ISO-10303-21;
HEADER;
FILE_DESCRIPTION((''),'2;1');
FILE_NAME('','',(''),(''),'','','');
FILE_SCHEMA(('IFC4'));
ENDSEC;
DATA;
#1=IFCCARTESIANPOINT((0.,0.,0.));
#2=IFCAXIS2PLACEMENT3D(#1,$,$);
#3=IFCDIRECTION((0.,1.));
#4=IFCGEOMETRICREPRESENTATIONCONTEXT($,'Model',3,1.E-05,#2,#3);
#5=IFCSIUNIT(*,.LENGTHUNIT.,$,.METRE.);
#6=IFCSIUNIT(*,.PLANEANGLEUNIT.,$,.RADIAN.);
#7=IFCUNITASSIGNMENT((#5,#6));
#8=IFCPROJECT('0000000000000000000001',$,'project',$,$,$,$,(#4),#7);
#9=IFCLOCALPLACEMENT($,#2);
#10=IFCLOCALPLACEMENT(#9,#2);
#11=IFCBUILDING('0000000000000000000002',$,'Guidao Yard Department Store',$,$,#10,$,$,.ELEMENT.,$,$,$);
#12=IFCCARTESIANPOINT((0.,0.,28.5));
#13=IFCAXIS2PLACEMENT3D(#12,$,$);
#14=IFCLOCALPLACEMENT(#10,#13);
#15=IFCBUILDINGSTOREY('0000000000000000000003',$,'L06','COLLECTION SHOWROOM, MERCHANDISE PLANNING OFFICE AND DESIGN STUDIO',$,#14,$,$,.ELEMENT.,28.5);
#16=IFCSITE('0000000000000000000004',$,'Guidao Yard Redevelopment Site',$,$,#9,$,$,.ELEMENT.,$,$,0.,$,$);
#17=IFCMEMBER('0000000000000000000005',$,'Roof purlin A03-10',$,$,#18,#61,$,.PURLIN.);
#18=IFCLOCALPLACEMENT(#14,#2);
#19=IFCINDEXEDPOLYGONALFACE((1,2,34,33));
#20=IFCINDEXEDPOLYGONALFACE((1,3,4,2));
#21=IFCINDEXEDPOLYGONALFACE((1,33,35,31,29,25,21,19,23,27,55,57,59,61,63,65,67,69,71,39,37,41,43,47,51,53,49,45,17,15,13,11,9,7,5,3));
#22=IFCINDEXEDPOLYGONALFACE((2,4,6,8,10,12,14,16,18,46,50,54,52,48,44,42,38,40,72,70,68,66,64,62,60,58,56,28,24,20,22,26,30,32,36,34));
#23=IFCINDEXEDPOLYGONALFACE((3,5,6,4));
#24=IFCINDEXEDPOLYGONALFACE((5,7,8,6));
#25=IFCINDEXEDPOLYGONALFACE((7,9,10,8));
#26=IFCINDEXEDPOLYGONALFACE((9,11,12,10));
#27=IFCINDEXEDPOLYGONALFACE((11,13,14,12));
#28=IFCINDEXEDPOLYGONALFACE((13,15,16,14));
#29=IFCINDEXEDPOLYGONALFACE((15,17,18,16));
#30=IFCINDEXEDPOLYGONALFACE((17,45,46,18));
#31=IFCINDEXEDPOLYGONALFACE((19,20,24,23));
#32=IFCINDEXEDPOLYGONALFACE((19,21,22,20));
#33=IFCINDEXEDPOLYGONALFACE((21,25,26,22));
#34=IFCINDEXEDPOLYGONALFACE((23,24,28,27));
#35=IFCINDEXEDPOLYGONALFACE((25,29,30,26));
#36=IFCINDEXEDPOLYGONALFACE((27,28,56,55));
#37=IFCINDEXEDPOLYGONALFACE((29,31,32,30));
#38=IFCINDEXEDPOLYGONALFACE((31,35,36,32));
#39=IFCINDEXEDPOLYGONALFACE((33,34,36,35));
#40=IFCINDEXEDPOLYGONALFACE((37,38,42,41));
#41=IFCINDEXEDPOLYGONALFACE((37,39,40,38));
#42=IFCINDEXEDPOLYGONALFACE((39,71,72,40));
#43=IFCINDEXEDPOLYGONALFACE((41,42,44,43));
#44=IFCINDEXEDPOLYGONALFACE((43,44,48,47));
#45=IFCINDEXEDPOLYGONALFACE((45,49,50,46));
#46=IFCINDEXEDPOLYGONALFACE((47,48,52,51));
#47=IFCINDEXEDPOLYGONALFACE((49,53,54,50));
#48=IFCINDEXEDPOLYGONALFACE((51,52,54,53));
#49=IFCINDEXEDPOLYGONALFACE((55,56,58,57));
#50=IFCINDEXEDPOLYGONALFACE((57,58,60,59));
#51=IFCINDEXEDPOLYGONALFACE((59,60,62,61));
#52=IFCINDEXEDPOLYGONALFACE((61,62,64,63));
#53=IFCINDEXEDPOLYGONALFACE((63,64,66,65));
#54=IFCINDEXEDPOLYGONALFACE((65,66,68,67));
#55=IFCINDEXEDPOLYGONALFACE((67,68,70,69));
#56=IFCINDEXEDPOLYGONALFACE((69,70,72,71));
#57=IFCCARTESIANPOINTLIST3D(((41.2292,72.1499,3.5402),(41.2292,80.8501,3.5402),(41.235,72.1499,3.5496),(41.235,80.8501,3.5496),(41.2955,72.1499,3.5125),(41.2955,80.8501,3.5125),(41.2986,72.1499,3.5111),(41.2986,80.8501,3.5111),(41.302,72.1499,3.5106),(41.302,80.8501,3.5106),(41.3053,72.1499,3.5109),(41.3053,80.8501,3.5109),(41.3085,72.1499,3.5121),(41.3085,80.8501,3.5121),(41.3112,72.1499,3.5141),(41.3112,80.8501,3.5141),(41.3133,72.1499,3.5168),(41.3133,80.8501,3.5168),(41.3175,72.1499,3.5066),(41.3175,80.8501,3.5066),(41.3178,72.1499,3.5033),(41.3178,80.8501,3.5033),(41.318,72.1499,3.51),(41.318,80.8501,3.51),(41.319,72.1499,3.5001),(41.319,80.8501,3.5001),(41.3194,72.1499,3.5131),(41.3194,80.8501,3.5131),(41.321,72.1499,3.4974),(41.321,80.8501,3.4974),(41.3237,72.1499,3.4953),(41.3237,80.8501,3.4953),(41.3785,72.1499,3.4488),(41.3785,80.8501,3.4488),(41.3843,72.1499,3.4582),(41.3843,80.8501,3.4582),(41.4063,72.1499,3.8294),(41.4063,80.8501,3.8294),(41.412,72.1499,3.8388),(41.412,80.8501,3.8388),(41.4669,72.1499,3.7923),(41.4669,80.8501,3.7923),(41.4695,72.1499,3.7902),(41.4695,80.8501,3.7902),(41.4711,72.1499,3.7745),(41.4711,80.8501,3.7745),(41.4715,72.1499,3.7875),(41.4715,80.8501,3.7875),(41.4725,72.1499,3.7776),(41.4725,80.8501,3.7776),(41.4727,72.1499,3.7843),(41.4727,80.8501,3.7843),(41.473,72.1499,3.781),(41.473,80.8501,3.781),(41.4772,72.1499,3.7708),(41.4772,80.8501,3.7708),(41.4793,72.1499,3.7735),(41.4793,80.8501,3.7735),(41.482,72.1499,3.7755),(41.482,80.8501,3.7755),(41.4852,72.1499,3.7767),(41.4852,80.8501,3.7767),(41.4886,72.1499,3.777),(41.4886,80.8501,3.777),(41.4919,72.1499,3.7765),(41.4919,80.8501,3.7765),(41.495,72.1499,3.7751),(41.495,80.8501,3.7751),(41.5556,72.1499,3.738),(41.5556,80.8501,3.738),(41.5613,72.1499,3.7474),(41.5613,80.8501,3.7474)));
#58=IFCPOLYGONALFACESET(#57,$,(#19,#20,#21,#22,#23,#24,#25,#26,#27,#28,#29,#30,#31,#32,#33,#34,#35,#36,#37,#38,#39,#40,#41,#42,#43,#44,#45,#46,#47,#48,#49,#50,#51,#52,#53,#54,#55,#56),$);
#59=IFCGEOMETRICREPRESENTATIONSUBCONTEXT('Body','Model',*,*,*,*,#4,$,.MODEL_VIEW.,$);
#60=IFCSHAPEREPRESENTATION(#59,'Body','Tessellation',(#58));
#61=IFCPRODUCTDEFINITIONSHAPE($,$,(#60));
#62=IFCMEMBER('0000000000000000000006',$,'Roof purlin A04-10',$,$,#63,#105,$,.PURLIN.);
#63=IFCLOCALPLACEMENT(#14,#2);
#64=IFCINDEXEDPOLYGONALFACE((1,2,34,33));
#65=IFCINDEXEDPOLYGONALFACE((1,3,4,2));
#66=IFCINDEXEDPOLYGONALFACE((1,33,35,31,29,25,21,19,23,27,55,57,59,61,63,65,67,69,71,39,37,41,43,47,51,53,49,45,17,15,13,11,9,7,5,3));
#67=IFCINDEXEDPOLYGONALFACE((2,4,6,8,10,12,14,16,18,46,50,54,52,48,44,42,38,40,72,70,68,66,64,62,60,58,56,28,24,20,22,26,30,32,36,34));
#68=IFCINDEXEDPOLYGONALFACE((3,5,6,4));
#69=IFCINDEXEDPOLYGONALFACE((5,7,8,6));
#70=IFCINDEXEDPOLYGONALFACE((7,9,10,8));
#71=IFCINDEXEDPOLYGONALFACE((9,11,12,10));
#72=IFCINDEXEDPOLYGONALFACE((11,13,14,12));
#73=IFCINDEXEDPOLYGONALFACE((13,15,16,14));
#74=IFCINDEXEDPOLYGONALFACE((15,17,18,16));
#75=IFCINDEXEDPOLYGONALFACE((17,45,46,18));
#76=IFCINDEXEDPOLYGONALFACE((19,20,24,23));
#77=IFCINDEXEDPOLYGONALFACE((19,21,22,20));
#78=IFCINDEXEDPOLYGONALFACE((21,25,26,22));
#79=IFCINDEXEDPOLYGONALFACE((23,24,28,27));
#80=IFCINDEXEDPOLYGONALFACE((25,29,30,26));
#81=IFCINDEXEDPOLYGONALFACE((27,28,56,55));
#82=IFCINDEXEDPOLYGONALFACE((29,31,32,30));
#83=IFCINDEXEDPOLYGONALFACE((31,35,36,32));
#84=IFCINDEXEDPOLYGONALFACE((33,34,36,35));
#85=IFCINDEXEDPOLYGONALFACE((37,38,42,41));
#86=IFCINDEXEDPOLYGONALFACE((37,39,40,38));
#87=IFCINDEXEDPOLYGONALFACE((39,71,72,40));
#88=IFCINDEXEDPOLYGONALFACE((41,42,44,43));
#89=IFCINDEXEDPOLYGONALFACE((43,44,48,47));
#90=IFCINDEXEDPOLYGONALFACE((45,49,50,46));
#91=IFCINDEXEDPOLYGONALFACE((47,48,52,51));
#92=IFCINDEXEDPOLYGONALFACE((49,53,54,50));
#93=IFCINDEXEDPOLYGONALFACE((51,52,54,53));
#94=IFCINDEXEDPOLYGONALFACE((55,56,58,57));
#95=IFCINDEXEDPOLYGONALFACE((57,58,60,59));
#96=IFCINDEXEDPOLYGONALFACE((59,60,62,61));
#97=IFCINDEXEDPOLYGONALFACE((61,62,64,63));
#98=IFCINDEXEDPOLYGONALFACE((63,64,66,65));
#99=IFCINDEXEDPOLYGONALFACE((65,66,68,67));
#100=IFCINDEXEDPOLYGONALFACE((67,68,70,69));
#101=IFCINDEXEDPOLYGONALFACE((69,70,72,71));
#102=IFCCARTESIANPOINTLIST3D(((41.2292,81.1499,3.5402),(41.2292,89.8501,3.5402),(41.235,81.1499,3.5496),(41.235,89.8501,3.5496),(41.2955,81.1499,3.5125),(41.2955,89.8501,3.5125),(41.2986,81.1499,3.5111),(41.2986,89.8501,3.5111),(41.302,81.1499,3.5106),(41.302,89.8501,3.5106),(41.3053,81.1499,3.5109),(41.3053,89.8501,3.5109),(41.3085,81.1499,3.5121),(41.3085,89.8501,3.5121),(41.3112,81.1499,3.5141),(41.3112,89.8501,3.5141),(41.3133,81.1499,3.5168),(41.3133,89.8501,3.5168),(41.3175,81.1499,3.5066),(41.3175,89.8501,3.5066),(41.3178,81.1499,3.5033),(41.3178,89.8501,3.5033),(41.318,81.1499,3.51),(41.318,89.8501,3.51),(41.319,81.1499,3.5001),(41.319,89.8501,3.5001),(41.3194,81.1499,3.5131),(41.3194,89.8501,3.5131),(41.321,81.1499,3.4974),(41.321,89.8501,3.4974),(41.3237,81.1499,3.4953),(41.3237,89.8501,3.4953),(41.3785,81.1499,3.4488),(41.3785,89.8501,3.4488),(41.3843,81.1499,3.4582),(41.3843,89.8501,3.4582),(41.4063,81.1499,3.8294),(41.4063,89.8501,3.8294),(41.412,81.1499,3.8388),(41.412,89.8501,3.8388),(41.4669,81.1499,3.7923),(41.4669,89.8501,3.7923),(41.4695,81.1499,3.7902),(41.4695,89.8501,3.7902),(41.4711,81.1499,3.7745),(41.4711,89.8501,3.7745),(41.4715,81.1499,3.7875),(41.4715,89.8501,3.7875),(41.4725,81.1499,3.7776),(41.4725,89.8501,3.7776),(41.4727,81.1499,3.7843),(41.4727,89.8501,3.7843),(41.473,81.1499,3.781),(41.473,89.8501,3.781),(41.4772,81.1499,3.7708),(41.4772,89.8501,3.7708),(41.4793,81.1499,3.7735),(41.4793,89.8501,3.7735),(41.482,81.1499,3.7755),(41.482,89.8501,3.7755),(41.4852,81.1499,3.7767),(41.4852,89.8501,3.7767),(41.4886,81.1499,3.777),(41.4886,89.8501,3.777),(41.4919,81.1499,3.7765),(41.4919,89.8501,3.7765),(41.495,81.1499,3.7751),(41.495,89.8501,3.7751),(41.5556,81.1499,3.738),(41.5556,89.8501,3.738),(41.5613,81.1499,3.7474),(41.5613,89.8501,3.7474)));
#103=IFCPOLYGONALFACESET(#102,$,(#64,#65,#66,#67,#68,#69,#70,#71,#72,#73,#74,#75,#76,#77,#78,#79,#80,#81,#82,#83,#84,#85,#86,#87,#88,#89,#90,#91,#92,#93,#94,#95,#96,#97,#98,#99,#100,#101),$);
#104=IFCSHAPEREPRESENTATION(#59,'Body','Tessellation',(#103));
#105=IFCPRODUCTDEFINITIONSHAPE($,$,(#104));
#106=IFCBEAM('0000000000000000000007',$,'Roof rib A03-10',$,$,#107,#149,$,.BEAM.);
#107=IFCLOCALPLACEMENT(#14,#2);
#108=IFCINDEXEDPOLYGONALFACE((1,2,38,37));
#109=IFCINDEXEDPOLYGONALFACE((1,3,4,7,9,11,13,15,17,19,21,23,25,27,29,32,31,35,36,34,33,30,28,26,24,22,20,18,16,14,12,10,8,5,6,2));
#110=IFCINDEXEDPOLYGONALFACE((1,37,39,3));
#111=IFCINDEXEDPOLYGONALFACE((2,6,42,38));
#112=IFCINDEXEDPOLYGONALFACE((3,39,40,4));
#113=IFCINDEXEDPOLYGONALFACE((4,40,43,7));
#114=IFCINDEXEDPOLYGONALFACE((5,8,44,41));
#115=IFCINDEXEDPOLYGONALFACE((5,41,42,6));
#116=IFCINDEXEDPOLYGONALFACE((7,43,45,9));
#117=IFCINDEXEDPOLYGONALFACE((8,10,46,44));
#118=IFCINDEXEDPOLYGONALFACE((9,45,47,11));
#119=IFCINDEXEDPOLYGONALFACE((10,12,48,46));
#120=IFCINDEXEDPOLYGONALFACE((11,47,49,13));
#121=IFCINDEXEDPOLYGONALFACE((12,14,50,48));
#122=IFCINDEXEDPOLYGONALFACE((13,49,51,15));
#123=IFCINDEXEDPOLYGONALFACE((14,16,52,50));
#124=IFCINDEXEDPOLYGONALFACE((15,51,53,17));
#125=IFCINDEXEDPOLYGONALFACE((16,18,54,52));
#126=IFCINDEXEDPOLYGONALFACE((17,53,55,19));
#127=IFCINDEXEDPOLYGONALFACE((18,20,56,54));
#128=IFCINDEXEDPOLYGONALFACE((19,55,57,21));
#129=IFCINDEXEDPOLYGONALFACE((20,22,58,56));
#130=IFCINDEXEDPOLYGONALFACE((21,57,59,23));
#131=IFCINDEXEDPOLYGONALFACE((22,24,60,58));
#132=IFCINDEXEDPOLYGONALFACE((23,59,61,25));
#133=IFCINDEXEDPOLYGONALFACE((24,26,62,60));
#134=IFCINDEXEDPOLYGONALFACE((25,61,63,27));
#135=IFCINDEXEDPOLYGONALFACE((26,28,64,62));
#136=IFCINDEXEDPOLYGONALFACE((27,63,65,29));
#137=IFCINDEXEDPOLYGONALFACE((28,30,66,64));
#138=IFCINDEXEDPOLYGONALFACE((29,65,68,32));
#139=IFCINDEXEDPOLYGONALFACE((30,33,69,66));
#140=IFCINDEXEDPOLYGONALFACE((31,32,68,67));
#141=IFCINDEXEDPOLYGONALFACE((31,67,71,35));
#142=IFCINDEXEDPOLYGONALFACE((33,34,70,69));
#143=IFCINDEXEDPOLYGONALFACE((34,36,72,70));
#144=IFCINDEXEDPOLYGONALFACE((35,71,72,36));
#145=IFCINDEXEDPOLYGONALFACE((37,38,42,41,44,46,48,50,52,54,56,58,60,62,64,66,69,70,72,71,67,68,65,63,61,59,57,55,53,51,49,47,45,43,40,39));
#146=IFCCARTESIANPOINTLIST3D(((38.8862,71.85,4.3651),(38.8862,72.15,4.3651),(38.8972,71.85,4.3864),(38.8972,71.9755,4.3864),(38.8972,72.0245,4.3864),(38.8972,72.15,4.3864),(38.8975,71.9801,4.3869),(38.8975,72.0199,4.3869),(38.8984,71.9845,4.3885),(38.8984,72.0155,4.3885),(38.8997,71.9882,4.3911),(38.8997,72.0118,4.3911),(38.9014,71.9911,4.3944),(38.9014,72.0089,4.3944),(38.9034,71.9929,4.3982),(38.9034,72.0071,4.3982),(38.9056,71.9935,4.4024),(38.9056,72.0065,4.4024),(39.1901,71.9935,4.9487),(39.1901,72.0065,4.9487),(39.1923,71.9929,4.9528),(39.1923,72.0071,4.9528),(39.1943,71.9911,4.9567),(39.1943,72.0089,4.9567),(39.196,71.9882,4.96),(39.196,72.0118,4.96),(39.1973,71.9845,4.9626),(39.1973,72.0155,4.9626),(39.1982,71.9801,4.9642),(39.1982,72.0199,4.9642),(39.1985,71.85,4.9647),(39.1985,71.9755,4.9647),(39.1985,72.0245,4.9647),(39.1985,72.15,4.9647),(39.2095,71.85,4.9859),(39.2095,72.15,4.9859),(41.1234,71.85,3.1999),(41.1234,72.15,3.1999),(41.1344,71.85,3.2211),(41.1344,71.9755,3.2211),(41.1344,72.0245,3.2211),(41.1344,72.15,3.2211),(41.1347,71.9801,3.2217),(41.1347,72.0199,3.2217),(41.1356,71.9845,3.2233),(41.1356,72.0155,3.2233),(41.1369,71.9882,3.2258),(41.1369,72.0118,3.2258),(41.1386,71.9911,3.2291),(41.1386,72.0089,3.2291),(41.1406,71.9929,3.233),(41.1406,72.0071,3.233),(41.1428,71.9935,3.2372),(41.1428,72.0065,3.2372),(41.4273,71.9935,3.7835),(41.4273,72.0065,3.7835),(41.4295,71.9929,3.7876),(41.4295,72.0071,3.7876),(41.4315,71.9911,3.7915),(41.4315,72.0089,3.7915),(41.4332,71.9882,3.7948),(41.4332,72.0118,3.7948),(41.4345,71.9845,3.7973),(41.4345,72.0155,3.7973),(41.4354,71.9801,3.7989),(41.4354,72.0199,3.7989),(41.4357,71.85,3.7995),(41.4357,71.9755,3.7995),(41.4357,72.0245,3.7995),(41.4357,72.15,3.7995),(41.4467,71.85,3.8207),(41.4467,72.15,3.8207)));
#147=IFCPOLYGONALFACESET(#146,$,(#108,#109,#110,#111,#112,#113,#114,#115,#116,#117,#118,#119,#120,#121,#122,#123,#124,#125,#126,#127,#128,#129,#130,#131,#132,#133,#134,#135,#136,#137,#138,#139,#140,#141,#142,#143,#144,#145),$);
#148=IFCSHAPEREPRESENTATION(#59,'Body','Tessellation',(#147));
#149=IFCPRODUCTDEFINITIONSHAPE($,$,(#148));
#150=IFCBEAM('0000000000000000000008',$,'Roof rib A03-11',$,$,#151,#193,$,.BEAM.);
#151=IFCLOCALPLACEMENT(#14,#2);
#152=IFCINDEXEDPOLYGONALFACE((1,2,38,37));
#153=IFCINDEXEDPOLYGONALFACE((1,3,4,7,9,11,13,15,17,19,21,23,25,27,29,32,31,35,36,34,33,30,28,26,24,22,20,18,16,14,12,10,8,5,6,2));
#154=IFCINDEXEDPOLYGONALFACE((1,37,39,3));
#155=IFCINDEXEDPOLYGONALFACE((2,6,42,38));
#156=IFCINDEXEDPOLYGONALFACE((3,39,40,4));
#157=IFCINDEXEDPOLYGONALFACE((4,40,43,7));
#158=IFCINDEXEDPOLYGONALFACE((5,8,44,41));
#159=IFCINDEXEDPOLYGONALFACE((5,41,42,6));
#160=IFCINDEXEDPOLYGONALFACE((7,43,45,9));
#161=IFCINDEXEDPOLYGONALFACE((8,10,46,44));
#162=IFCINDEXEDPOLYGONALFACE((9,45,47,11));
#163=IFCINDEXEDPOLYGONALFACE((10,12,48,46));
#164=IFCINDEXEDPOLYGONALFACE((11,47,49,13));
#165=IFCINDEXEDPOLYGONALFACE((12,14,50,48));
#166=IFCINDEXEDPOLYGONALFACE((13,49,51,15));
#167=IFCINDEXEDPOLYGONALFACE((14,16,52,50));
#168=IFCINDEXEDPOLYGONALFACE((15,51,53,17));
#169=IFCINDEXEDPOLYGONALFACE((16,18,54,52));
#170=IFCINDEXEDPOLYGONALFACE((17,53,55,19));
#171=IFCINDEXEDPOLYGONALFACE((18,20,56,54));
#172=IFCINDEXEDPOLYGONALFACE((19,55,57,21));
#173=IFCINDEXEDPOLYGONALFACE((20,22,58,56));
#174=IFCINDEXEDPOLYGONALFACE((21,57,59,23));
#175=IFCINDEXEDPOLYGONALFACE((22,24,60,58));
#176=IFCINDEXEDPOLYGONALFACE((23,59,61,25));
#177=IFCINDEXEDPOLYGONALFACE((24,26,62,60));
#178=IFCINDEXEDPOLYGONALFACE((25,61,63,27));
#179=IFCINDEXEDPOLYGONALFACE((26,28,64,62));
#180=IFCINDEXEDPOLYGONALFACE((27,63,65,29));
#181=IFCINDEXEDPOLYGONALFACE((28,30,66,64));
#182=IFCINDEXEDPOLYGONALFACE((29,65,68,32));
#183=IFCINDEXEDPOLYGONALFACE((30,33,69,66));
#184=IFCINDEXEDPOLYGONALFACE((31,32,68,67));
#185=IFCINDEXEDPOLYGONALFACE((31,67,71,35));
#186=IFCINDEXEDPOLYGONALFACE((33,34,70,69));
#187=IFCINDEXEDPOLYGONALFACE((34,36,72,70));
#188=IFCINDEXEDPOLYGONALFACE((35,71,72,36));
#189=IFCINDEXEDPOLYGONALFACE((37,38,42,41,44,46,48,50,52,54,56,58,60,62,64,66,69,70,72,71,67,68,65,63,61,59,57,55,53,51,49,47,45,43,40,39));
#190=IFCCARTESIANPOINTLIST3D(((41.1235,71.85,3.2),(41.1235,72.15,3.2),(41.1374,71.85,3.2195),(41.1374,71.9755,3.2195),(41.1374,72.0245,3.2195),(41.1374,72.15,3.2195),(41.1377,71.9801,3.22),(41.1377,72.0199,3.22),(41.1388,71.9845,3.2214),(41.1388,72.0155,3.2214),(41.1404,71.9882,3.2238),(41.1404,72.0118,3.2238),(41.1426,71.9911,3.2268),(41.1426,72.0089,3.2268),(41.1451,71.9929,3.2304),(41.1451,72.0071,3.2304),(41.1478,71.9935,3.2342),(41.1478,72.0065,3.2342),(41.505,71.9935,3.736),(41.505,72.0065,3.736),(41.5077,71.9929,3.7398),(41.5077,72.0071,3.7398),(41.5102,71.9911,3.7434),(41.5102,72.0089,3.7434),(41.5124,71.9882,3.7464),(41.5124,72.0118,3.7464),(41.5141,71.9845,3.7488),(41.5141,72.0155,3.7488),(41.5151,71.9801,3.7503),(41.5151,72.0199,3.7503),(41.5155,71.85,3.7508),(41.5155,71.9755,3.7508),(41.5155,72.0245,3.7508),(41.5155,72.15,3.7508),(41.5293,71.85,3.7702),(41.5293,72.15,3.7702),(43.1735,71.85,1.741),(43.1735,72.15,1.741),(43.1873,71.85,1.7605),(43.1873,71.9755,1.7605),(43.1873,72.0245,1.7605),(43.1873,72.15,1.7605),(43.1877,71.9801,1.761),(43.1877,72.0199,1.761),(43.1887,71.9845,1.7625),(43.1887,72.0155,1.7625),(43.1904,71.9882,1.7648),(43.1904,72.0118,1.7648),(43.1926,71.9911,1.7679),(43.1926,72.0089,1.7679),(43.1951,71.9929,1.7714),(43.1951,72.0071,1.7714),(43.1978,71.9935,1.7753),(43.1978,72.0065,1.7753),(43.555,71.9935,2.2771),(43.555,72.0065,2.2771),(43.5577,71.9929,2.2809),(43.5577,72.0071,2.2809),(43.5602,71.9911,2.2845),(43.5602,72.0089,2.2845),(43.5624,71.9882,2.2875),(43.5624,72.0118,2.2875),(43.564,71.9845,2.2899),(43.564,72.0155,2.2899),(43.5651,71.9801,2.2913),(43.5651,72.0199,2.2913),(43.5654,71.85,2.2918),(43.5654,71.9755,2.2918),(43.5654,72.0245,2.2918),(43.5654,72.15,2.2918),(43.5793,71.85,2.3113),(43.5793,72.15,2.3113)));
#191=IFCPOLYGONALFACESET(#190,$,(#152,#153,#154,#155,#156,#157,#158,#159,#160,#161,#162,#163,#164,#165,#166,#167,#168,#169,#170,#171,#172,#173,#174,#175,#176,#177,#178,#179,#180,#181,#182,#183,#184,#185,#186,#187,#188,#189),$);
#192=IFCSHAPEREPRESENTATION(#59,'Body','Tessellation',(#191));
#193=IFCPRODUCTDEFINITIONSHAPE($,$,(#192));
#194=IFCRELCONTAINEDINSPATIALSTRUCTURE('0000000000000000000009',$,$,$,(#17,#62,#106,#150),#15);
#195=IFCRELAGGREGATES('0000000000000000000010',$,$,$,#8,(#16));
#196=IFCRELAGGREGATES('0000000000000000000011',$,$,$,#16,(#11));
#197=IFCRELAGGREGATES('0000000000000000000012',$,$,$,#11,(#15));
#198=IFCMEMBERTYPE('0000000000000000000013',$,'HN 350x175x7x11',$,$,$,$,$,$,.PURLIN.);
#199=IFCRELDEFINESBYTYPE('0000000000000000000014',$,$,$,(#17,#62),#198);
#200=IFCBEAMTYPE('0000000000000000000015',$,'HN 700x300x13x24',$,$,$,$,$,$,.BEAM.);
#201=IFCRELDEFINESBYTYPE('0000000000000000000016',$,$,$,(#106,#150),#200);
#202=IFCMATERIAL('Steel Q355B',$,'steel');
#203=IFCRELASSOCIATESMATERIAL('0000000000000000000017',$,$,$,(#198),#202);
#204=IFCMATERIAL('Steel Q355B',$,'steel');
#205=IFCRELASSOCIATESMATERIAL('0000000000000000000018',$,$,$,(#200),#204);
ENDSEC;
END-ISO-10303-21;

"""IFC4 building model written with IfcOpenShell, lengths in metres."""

from ifc_helpers import new_model, si_unit, direction, frame, origin, origin_2d, place, context, subcontext, project, spatial, i_section, extrude, material, material_profile, profile_set, type_object, element, save


model = new_model("IFC4")

# Units and contexts
model_context = context("Model", 3, precision=1e-05, world=origin(), true_north=direction((0.0, 1.0)))
body_context = subcontext(model_context, "Body", "Model", "MODEL_VIEW")
ifc_project = project(units=[si_unit("LENGTHUNIT", "METRE"), si_unit("PLANEANGLEUNIT", "RADIAN")], contexts=[model_context])

# Site, building, storey
site_placement = place(None, origin())
site = spatial("IfcSite", under=ifc_project, at=site_placement, Name="Guidao Yard Redevelopment Site", CompositionType="ELEMENT", RefElevation=0.0)
building_placement = place(site_placement, origin())
building = spatial("IfcBuilding", under=site, at=building_placement, Name="Guidao Yard Department Store", CompositionType="ELEMENT")
storey_placement = place(building_placement, frame((0.0, 0.0, 28.5)))
storey = spatial("IfcBuildingStorey", under=building, at=storey_placement, Name="L06", Description="COLLECTION SHOWROOM, MERCHANDISE PLANNING OFFICE AND DESIGN STUDIO", CompositionType="ELEMENT", Elevation=28.5)

# Members
ifc_material_1 = material(Name="Steel Q355B", Category="steel")
ifc_material_profile_1 = material_profile(ifc_material_1, i_section(OverallWidth=0.175, OverallDepth=0.3501, WebThickness=0.0071, FlangeThickness=0.011, FilletRadius=0.0129, at=origin_2d()), Name="HN 350x175x7x11")
ifc_profile_set_1 = profile_set([ifc_material_profile_1], Name="Steel Q355B")
member_type_1 = type_object("IfcMemberType", Name="HN 350x175x7x11", PredefinedType="PURLIN", material=ifc_profile_set_1)
for number, where, z_axis, x_axis, name in (
    (1, (41.3953, 72.1499, 3.6438), (0.0, 1.0, 0.0), (-0.852874, 0.0, 0.522116), "Roof purlin A03-10"),
    (2, (41.3953, 81.1499, 3.6438), (0.0, 1.0, 0.0), (-0.852874, 0.0, 0.522116), "Roof purlin A04-10"),
):
    element("IfcMember", number, at=place(storey_placement, frame(where, z_axis=z_axis, x_axis=x_axis)), inside=storey, type_object=member_type_1, Name=name, PredefinedType="PURLIN", context=body_context, shape_type="SweptSolid", body=[
        extrude(i_section(OverallWidth=0.175, OverallDepth=0.3501, WebThickness=0.0071, FlangeThickness=0.011, FilletRadius=0.0129, at=origin_2d()), origin(), (0.0, 0.0, 1.0), 8.7002),
    ])

# Beams
ifc_material_2 = material(Name="Steel Q355B", Category="steel")
ifc_material_profile_2 = material_profile(ifc_material_2, i_section(OverallWidth=0.3, OverallDepth=0.7, WebThickness=0.0129, FlangeThickness=0.0239, FilletRadius=0.0181, at=origin_2d()), Name="HN 700x300x13x24")
ifc_profile_set_2 = profile_set([ifc_material_profile_2], Name="Steel Q355B")
beam_type = type_object("IfcBeamType", Name="HN 700x300x13x24", PredefinedType="BEAM", material=ifc_profile_set_2)
beam_1_placement = place(storey_placement, frame((39.0479, 72.0, 4.6755), z_axis=(0.886911, 0.0, -0.461941), x_axis=(0.0, 1.0, 0.0)))
element("IfcBeam", 3, at=beam_1_placement, inside=storey, type_object=beam_type, Name="Roof rib A03-10", PredefinedType="BEAM", context=body_context, shape_type="SweptSolid", body=[
    extrude(i_section(OverallWidth=0.3, OverallDepth=0.7, WebThickness=0.0129, FlangeThickness=0.0239, FilletRadius=0.0181, at=origin_2d()), origin(), (0.0, 0.0, 1.0), 2.5225),
])
beam_2_placement = place(storey_placement, frame((41.3264, 72.0, 3.4851), z_axis=(0.814735, 0.0, -0.579833), x_axis=(0.0, 1.0, 0.0)))
element("IfcBeam", 4, at=beam_2_placement, inside=storey, type_object=beam_type, Name="Roof rib A03-11", PredefinedType="BEAM", context=body_context, shape_type="SweptSolid", body=[
    extrude(i_section(OverallWidth=0.3, OverallDepth=0.7, WebThickness=0.0129, FlangeThickness=0.0239, FilletRadius=0.0181, at=origin_2d()), origin(), (0.0, 0.0, 1.0), 2.5161),
])

save(model, "model.ifc")
